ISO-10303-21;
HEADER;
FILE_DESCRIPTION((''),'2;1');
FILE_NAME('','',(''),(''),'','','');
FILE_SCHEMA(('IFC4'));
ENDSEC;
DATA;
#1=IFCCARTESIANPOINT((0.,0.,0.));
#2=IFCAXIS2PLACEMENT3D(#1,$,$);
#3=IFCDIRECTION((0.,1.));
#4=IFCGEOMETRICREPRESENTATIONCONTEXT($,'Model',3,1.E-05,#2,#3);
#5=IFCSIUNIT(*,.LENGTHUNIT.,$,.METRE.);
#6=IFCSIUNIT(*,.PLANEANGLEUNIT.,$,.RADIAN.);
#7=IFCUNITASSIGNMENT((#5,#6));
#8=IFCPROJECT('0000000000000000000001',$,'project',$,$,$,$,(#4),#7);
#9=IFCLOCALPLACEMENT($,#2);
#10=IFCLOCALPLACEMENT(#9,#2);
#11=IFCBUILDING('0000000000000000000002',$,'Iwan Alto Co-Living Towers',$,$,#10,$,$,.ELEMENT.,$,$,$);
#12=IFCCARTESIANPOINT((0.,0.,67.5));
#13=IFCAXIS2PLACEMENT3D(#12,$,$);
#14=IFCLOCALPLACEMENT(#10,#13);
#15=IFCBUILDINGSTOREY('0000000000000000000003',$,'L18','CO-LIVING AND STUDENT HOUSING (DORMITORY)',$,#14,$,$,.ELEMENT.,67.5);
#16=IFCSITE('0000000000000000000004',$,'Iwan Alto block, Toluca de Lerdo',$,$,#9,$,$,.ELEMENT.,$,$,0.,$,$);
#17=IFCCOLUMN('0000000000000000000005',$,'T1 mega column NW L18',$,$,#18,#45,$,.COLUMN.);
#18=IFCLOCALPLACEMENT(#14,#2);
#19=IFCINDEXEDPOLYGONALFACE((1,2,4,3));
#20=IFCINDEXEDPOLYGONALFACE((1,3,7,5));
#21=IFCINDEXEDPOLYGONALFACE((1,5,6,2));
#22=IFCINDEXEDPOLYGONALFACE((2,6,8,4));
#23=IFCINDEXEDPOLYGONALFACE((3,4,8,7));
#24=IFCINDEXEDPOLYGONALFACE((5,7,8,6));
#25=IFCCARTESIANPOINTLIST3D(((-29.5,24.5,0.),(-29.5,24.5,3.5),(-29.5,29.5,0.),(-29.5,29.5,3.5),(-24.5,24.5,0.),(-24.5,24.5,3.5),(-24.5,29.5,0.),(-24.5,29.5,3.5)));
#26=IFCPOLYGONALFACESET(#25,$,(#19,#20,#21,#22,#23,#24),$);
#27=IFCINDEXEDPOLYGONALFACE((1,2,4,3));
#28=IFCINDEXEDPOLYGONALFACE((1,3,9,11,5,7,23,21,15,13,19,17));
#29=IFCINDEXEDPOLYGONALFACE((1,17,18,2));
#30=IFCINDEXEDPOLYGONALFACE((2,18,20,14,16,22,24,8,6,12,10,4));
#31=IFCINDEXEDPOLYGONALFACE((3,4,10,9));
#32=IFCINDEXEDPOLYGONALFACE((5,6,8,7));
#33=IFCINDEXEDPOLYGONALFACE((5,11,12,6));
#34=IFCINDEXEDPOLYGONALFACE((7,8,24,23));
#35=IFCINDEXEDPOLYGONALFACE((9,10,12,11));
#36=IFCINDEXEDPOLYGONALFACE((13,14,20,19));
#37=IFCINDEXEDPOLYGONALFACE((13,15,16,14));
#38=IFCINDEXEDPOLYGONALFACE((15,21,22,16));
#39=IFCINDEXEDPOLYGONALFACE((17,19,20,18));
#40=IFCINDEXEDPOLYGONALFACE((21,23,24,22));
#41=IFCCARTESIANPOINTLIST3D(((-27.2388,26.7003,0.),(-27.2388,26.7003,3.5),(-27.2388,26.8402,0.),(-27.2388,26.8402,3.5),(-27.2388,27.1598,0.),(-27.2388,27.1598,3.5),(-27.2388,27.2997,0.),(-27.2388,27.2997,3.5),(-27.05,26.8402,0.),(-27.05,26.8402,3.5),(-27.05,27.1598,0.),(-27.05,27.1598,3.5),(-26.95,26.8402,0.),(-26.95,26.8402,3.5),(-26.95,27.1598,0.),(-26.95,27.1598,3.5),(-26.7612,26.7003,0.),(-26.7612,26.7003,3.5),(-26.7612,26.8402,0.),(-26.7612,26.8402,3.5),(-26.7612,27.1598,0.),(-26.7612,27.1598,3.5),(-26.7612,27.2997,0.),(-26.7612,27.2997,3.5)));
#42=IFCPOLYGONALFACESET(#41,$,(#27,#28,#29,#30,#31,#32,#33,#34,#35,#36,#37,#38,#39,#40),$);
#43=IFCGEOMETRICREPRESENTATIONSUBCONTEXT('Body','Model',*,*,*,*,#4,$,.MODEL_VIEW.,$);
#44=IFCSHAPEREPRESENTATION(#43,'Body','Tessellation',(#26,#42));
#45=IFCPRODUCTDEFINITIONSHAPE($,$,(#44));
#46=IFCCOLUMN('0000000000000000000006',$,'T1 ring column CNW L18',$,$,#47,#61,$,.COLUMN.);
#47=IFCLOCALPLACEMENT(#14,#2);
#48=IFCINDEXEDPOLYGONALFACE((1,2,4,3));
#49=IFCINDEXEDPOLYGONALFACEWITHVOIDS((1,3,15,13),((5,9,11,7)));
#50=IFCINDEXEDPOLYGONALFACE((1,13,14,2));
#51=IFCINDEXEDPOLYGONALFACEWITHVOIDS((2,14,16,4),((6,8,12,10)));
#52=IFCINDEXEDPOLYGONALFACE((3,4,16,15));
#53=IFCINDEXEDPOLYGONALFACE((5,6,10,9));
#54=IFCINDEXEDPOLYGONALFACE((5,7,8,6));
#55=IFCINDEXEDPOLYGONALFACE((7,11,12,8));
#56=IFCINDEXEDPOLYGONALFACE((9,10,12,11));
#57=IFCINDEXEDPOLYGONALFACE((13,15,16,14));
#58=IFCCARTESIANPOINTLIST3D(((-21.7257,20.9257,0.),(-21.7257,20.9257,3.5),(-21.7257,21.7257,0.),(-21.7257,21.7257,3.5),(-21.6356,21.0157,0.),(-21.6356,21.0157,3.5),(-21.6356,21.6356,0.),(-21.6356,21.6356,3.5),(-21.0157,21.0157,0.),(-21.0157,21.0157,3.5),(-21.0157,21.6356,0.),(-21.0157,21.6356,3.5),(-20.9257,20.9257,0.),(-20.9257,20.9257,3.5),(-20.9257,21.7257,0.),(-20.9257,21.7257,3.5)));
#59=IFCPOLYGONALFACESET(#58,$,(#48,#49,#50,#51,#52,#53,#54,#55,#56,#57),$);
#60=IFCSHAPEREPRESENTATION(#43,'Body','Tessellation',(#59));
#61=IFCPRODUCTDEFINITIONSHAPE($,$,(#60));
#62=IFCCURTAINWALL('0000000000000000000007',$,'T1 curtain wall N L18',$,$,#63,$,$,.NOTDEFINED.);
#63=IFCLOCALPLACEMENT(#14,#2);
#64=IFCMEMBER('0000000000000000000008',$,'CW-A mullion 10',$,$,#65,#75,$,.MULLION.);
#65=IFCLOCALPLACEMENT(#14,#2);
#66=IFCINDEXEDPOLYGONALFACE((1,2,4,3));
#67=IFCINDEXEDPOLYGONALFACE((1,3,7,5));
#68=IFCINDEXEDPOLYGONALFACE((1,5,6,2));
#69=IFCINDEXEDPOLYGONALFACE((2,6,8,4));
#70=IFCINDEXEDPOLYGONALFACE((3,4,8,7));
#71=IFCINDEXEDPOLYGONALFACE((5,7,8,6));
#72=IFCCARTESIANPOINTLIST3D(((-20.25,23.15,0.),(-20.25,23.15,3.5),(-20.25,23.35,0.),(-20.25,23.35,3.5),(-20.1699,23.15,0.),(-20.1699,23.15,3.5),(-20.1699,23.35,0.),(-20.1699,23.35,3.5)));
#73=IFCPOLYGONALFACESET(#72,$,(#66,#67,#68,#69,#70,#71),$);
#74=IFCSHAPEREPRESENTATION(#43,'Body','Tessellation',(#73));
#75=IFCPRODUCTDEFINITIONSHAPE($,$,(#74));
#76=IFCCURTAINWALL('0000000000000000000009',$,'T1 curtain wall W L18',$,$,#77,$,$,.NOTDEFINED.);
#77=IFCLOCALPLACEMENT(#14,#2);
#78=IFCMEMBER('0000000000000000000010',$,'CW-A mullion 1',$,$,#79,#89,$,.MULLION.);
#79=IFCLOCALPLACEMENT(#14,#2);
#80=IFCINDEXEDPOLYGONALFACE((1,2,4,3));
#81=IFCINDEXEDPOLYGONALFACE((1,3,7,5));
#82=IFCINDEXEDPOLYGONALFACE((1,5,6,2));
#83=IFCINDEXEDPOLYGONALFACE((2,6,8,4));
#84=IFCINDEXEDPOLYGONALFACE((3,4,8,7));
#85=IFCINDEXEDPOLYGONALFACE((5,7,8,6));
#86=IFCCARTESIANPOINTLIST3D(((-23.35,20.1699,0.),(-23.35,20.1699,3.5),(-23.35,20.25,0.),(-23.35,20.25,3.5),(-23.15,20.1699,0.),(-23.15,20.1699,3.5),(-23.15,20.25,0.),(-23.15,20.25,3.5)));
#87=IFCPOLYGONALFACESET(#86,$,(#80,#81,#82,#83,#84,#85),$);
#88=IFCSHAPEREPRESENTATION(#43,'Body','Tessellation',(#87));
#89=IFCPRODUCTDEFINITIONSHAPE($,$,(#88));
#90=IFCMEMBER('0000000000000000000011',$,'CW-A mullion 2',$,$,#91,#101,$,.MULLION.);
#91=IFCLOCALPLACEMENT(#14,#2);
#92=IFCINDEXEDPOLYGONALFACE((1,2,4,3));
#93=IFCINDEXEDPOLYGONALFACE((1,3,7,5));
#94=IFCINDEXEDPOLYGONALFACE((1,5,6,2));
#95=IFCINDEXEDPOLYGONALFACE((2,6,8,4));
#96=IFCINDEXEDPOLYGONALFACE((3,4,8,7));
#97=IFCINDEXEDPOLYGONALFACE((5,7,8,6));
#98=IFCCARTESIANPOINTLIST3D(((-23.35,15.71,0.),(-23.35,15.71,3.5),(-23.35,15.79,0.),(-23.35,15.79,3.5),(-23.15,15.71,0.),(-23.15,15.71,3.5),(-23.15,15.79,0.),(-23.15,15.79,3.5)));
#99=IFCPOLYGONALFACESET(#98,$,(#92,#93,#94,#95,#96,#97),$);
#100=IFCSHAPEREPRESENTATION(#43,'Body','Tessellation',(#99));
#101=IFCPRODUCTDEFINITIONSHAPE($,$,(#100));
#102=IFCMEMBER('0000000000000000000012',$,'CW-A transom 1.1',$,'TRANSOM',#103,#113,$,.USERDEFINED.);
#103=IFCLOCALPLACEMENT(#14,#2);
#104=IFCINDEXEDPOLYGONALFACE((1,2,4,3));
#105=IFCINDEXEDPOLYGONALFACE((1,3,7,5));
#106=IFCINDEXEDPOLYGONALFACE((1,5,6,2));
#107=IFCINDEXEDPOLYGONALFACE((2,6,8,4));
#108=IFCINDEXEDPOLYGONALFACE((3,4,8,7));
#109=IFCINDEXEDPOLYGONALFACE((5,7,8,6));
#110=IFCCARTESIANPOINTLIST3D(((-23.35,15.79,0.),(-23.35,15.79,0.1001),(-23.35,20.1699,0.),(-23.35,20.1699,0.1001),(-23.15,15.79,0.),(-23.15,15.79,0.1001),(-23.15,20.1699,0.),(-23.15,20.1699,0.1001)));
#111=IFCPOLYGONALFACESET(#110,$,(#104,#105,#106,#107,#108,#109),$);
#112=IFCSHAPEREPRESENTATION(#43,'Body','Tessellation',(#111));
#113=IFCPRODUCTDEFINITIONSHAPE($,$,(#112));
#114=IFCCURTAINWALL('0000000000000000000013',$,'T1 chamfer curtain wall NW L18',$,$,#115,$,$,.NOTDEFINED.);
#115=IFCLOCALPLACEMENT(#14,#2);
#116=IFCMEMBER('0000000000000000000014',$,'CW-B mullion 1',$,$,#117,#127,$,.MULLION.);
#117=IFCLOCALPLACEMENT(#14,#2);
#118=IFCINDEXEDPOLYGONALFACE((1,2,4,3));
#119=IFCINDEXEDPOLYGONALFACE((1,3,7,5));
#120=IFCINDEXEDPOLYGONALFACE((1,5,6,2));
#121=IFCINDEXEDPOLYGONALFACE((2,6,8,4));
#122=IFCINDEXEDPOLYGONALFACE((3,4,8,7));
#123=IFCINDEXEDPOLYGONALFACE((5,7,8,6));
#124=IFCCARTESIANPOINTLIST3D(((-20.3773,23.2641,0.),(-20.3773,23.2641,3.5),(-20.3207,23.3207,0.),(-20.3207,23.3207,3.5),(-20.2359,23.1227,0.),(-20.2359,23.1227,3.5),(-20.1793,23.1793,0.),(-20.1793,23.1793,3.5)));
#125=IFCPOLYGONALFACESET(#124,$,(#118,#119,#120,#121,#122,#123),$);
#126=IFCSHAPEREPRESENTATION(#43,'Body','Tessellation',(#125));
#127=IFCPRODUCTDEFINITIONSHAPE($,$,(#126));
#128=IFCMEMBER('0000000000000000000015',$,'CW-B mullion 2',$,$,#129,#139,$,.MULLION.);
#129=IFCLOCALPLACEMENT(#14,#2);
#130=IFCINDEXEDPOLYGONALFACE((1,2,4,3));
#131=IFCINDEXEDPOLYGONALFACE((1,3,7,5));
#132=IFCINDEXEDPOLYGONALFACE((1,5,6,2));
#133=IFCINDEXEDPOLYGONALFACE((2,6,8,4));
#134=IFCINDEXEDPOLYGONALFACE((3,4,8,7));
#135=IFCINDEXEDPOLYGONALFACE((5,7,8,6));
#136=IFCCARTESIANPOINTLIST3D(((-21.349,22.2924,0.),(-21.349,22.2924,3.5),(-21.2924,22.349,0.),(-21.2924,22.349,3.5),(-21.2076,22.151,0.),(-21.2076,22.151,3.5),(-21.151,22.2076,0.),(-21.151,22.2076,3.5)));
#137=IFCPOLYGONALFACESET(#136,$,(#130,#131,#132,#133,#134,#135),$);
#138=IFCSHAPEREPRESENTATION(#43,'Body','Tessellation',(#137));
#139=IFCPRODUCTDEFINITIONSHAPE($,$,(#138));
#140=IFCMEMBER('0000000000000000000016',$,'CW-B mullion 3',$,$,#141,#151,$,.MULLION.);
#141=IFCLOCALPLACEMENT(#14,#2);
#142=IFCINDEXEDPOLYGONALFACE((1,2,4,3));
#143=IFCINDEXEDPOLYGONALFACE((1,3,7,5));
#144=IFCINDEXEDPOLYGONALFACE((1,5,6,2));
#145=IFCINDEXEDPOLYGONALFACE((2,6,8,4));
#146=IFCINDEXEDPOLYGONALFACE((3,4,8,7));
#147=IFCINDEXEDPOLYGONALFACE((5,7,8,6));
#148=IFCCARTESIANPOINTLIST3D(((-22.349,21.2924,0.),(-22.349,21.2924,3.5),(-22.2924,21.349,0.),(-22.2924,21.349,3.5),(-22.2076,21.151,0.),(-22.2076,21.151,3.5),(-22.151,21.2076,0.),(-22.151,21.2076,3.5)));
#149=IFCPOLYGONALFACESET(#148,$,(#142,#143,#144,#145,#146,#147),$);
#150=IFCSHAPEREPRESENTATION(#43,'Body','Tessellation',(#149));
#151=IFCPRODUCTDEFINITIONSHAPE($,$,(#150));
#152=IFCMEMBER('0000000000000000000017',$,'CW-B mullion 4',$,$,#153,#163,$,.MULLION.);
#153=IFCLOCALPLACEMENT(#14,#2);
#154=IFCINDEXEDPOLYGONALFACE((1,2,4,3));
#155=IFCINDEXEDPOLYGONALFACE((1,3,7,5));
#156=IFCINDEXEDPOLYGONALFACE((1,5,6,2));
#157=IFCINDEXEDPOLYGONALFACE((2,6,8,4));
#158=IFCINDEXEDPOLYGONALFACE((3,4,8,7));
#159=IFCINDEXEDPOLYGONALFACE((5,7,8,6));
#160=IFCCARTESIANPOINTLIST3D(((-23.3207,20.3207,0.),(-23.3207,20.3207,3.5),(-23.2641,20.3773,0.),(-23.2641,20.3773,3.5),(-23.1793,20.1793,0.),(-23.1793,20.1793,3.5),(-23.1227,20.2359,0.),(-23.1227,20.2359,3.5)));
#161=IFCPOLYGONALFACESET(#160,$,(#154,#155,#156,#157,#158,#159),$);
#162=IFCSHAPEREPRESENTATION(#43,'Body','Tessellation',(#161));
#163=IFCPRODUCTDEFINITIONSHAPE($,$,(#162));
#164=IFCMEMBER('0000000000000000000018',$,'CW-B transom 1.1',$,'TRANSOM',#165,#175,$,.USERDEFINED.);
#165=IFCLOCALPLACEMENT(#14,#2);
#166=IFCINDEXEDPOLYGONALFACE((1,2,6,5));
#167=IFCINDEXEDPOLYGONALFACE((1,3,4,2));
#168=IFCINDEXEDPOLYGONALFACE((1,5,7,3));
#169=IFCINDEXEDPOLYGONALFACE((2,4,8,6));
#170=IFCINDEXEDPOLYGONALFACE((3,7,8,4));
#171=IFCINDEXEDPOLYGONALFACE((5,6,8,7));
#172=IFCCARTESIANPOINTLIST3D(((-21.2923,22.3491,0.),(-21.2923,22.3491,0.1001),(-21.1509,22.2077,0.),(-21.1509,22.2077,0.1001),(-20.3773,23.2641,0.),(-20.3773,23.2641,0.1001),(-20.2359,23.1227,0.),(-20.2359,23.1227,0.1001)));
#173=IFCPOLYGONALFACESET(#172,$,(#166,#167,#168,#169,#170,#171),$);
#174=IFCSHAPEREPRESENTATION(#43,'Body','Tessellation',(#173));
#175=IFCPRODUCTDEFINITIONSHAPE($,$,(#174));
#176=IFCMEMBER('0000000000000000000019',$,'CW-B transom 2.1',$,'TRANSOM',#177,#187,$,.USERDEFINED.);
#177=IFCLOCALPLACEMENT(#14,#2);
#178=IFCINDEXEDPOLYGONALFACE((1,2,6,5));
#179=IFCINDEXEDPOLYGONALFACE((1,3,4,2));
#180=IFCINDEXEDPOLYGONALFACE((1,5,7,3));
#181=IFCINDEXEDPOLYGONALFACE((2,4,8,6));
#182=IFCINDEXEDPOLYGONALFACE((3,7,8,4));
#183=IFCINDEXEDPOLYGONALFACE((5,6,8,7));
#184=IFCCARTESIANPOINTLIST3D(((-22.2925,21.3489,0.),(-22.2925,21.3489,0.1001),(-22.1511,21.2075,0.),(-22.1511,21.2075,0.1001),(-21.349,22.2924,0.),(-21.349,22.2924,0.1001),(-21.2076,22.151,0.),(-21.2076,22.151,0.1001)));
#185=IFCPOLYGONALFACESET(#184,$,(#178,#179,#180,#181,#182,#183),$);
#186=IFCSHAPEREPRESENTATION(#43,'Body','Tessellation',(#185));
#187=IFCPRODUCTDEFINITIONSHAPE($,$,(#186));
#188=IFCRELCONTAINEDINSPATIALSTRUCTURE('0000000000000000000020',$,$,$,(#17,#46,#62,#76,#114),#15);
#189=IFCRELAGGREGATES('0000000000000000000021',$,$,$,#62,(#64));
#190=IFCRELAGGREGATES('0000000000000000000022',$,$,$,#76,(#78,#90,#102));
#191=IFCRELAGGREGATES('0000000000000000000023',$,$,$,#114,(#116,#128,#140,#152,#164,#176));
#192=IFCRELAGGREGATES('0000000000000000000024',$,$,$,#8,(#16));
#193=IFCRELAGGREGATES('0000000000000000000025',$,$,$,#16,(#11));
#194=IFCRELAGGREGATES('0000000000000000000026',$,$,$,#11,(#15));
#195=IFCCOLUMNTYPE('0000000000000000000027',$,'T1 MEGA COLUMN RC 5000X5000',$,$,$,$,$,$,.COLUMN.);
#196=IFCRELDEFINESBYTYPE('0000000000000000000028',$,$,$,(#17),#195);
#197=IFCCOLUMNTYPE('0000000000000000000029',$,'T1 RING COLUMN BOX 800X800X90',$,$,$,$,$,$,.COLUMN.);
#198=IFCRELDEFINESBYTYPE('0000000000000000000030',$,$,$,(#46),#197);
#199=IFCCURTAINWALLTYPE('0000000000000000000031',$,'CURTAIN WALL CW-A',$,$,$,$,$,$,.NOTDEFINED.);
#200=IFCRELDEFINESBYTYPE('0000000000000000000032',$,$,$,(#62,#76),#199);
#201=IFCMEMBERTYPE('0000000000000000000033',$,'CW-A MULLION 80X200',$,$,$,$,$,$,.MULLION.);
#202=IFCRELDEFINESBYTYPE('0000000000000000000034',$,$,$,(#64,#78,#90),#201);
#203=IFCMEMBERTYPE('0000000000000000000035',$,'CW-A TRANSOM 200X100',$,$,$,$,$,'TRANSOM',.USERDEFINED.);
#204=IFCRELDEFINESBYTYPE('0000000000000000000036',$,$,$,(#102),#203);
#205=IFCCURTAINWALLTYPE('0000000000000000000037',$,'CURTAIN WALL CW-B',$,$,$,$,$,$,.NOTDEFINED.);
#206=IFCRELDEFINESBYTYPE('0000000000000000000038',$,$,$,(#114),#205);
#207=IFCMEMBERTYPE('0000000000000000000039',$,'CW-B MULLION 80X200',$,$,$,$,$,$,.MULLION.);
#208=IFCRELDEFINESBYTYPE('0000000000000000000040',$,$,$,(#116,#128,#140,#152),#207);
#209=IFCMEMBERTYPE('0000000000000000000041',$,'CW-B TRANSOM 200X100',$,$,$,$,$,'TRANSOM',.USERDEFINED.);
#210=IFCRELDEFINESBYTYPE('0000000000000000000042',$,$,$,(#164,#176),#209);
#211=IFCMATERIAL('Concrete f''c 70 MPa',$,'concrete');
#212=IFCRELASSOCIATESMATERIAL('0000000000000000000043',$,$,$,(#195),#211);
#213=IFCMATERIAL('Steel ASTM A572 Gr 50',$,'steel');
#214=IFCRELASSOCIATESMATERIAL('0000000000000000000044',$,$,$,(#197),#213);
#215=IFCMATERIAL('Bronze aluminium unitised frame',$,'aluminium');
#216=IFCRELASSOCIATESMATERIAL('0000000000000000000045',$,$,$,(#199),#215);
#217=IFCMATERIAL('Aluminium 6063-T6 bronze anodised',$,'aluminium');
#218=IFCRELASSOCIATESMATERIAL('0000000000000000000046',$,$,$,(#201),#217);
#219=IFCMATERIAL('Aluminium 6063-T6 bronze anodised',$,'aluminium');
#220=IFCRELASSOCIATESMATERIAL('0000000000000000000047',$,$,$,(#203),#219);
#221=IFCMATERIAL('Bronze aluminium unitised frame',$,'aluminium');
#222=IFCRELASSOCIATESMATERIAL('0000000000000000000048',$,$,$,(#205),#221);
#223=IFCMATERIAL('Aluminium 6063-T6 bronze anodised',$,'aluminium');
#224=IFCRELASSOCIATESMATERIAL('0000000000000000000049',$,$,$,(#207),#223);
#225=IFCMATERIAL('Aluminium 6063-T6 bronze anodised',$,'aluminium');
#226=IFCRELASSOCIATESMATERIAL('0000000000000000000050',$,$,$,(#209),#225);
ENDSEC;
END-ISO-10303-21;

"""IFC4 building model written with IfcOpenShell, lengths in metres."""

from ifc_helpers import new_model, si_unit, direction, frame, origin, origin_2d, place, context, subcontext, project, spatial, rectangle, hollow_rectangle, i_section, extrude, material, material_profile, profile_set, type_object, element, aggregate, save


model = new_model("IFC4")

# Units and contexts
model_context = context("Model", 3, precision=1e-05, world=origin(), true_north=direction((0.0, 1.0)))
body_context = subcontext(model_context, "Body", "Model", "MODEL_VIEW")
ifc_project = project(units=[si_unit("LENGTHUNIT", "METRE"), si_unit("PLANEANGLEUNIT", "RADIAN")], contexts=[model_context])

# Site, building, storey
site_placement = place(None, origin())
site = spatial("IfcSite", under=ifc_project, at=site_placement, Name="Iwan Alto block, Toluca de Lerdo", CompositionType="ELEMENT", RefElevation=0.0)
building_placement = place(site_placement, origin())
building = spatial("IfcBuilding", under=site, at=building_placement, Name="Iwan Alto Co-Living Towers", CompositionType="ELEMENT")
storey_placement = place(building_placement, frame((0.0, 0.0, 67.5)))
storey = spatial("IfcBuildingStorey", under=building, at=storey_placement, Name="L18", Description="CO-LIVING AND STUDENT HOUSING (DORMITORY)", CompositionType="ELEMENT", Elevation=67.5)

# Columns
ifc_material_1 = material(Name="Concrete f'c 70 MPa", Category="concrete")
ifc_material_profile_1 = material_profile(ifc_material_1, rectangle(XDim=5.0, YDim=5.0, at=origin_2d()), Name="RC 5000X5000")
ifc_profile_set_1 = profile_set([ifc_material_profile_1], Name="Concrete f'c 70 MPa")
column_type_1 = type_object("IfcColumnType", Name="T1 MEGA COLUMN RC 5000X5000", PredefinedType="COLUMN", material=ifc_profile_set_1)
column_1_placement = place(storey_placement, frame((-27.0, 27.0, 0.0), z_axis=(0.0, 0.0, 1.0), x_axis=(1.0, 0.0, 0.0)))
element("IfcColumn", 1, at=column_1_placement, inside=storey, type_object=column_type_1, Name="T1 mega column NW L18", PredefinedType="COLUMN", context=body_context, shape_type="SweptSolid", body=[
    extrude(rectangle(XDim=5.0, YDim=5.0, at=origin_2d()), origin(), (0.0, 0.0, 1.0), 3.5),
    extrude(i_section(OverallWidth=0.4775, OverallDepth=0.5994, WebThickness=0.1001, FlangeThickness=0.1399, at=origin_2d()), origin(), (0.0, 0.0, 1.0), 3.5),
])
ifc_material_2 = material(Name="Steel ASTM A572 Gr 50", Category="steel")
ifc_material_profile_2 = material_profile(ifc_material_2, hollow_rectangle(XDim=0.8, YDim=0.8, WallThickness=0.0901, at=origin_2d()), Name="BOX 800X800X90")
ifc_profile_set_2 = profile_set([ifc_material_profile_2], Name="Steel ASTM A572 Gr 50")
column_type_2 = type_object("IfcColumnType", Name="T1 RING COLUMN BOX 800X800X90", PredefinedType="COLUMN", material=ifc_profile_set_2)
column_2_placement = place(storey_placement, frame((-21.3257, 21.3257, 0.0), z_axis=(0.0, 0.0, 1.0), x_axis=(1.0, 0.0, 0.0)))
element("IfcColumn", 2, at=column_2_placement, inside=storey, type_object=column_type_2, Name="T1 ring column CNW L18", PredefinedType="COLUMN", context=body_context, shape_type="SweptSolid", body=[
    extrude(hollow_rectangle(XDim=0.8, YDim=0.8, WallThickness=0.0901, at=origin_2d()), origin(), (0.0, 0.0, 1.0), 3.5),
])

# Curtain wall, member
ifc_material_3 = material(Name="Bronze aluminium unitised frame", Category="aluminium")
curtain_wall_type_1 = type_object("IfcCurtainWallType", Name="CURTAIN WALL CW-A", PredefinedType="NOTDEFINED", material=ifc_material_3)
curtain_wall_1_placement = place(storey_placement, origin())
curtain_wall_1 = element("IfcCurtainWall", 3, at=curtain_wall_1_placement, inside=storey, type_object=curtain_wall_type_1, Name="T1 curtain wall N L18", PredefinedType="NOTDEFINED")
ifc_material_4 = material(Name="Aluminium 6063-T6 bronze anodised", Category="aluminium")
ifc_material_profile_3 = material_profile(ifc_material_4, rectangle(XDim=0.2, YDim=0.0801, at=origin_2d()), Name="AL 80X200")
ifc_profile_set_3 = profile_set([ifc_material_profile_3], Name="Aluminium 6063-T6 bronze anodised")
member_type_1 = type_object("IfcMemberType", Name="CW-A MULLION 80X200", PredefinedType="MULLION", material=ifc_profile_set_3)
member_1_placement = place(storey_placement, frame((-20.21, 23.25, 0.0), z_axis=(0.0, 0.0, 1.0), x_axis=(0.0, -1.0, 0.0)))
member_1 = element("IfcMember", 4, at=member_1_placement, type_object=member_type_1, Name="CW-A mullion 10", PredefinedType="MULLION", context=body_context, shape_type="SweptSolid", body=[
    extrude(rectangle(XDim=0.2, YDim=0.0801, at=origin_2d()), origin(), (0.0, 0.0, 1.0), 3.5),
])

# Curtain walls, members
curtain_wall_2_placement = place(storey_placement, origin())
curtain_wall_2 = element("IfcCurtainWall", 5, at=curtain_wall_2_placement, inside=storey, type_object=curtain_wall_type_1, Name="T1 curtain wall W L18", PredefinedType="NOTDEFINED")
member_2_placement = place(storey_placement, frame((-23.25, 20.21, 0.0), z_axis=(0.0, 0.0, 1.0), x_axis=(1.0, 0.0, 0.0)))
member_2 = element("IfcMember", 6, at=member_2_placement, type_object=member_type_1, Name="CW-A mullion 1", PredefinedType="MULLION", context=body_context, shape_type="SweptSolid", body=[
    extrude(rectangle(XDim=0.2, YDim=0.0801, at=origin_2d()), origin(), (0.0, 0.0, 1.0), 3.5),
])
member_3_placement = place(storey_placement, frame((-23.25, 15.75, 0.0), z_axis=(0.0, 0.0, 1.0), x_axis=(1.0, 0.0, 0.0)))
member_3 = element("IfcMember", 7, at=member_3_placement, type_object=member_type_1, Name="CW-A mullion 2", PredefinedType="MULLION", context=body_context, shape_type="SweptSolid", body=[
    extrude(rectangle(XDim=0.2, YDim=0.0801, at=origin_2d()), origin(), (0.0, 0.0, 1.0), 3.5),
])
ifc_material_5 = material(Name="Aluminium 6063-T6 bronze anodised", Category="aluminium")
ifc_material_profile_4 = material_profile(ifc_material_5, rectangle(XDim=0.2, YDim=0.1001, at=origin_2d()), Name="AL 200X100")
ifc_profile_set_4 = profile_set([ifc_material_profile_4], Name="Aluminium 6063-T6 bronze anodised")
member_type_2 = type_object("IfcMemberType", Name="CW-A TRANSOM 200X100", ElementType="TRANSOM", PredefinedType="USERDEFINED", material=ifc_profile_set_4)
member_4_placement = place(storey_placement, frame((-23.25, 20.1699, 0.05), z_axis=(0.0, -1.0, 0.0), x_axis=(1.0, 0.0, 0.0)))
member_4 = element("IfcMember", 8, at=member_4_placement, type_object=member_type_2, Name="CW-A transom 1.1", ObjectType="TRANSOM", PredefinedType="USERDEFINED", context=body_context, shape_type="SweptSolid", body=[
    extrude(rectangle(XDim=0.2, YDim=0.1001, at=origin_2d()), origin(), (0.0, 0.0, 1.0), 4.3799),
])
ifc_material_6 = material(Name="Bronze aluminium unitised frame", Category="aluminium")
curtain_wall_type_2 = type_object("IfcCurtainWallType", Name="CURTAIN WALL CW-B", PredefinedType="NOTDEFINED", material=ifc_material_6)
curtain_wall_3_placement = place(storey_placement, origin())
curtain_wall_3 = element("IfcCurtainWall", 9, at=curtain_wall_3_placement, inside=storey, type_object=curtain_wall_type_2, Name="T1 chamfer curtain wall NW L18", PredefinedType="NOTDEFINED")
ifc_material_7 = material(Name="Aluminium 6063-T6 bronze anodised", Category="aluminium")
ifc_material_profile_5 = material_profile(ifc_material_7, rectangle(XDim=0.2, YDim=0.0801, at=origin_2d()), Name="AL 80X200")
ifc_profile_set_5 = profile_set([ifc_material_profile_5], Name="Aluminium 6063-T6 bronze anodised")
member_type_3 = type_object("IfcMemberType", Name="CW-B MULLION 80X200", PredefinedType="MULLION", material=ifc_profile_set_5)
member_5_placement = place(storey_placement, frame((-20.2783, 23.2217, 0.0), z_axis=(0.0, 0.0, 1.0), x_axis=(0.707107, -0.707107, 0.0)))
member_5 = element("IfcMember", 10, at=member_5_placement, type_object=member_type_3, Name="CW-B mullion 1", PredefinedType="MULLION", context=body_context, shape_type="SweptSolid", body=[
    extrude(rectangle(XDim=0.2, YDim=0.0801, at=origin_2d()), origin(), (0.0, 0.0, 1.0), 3.5),
])
member_6_placement = place(storey_placement, frame((-21.25, 22.25, 0.0), z_axis=(0.0, 0.0, 1.0), x_axis=(0.707107, -0.707107, 0.0)))
member_6 = element("IfcMember", 11, at=member_6_placement, type_object=member_type_3, Name="CW-B mullion 2", PredefinedType="MULLION", context=body_context, shape_type="SweptSolid", body=[
    extrude(rectangle(XDim=0.2, YDim=0.0801, at=origin_2d()), origin(), (0.0, 0.0, 1.0), 3.5),
])
member_7_placement = place(storey_placement, frame((-22.25, 21.25, 0.0), z_axis=(0.0, 0.0, 1.0), x_axis=(0.707107, -0.707107, 0.0)))
member_7 = element("IfcMember", 12, at=member_7_placement, type_object=member_type_3, Name="CW-B mullion 3", PredefinedType="MULLION", context=body_context, shape_type="SweptSolid", body=[
    extrude(rectangle(XDim=0.2, YDim=0.0801, at=origin_2d()), origin(), (0.0, 0.0, 1.0), 3.5),
])
member_8_placement = place(storey_placement, frame((-23.2217, 20.2783, 0.0), z_axis=(0.0, 0.0, 1.0), x_axis=(0.707107, -0.707107, 0.0)))
member_8 = element("IfcMember", 13, at=member_8_placement, type_object=member_type_3, Name="CW-B mullion 4", PredefinedType="MULLION", context=body_context, shape_type="SweptSolid", body=[
    extrude(rectangle(XDim=0.2, YDim=0.0801, at=origin_2d()), origin(), (0.0, 0.0, 1.0), 3.5),
])
ifc_material_8 = material(Name="Aluminium 6063-T6 bronze anodised", Category="aluminium")
ifc_material_profile_6 = material_profile(ifc_material_8, rectangle(XDim=0.2, YDim=0.1001, at=origin_2d()), Name="AL 200X100")
ifc_profile_set_6 = profile_set([ifc_material_profile_6], Name="Aluminium 6063-T6 bronze anodised")
member_type_4 = type_object("IfcMemberType", Name="CW-B TRANSOM 200X100", ElementType="TRANSOM", PredefinedType="USERDEFINED", material=ifc_profile_set_6)
member_9_placement = place(storey_placement, frame((-20.3066, 23.1934, 0.05), z_axis=(-0.707107, -0.707107, 0.0), x_axis=(0.707107, -0.707107, 0.0)))
member_9 = element("IfcMember", 14, at=member_9_placement, type_object=member_type_4, Name="CW-B transom 1.1", ObjectType="TRANSOM", PredefinedType="USERDEFINED", context=body_context, shape_type="SweptSolid", body=[
    extrude(rectangle(XDim=0.2, YDim=0.1001, at=origin_2d()), origin(), (0.0, 0.0, 1.0), 1.2939),
])
member_10_placement = place(storey_placement, frame((-21.2783, 22.2217, 0.05), z_axis=(-0.707107, -0.707107, 0.0), x_axis=(0.707107, -0.707107, 0.0)))
member_10 = element("IfcMember", 15, at=member_10_placement, type_object=member_type_4, Name="CW-B transom 2.1", ObjectType="TRANSOM", PredefinedType="USERDEFINED", context=body_context, shape_type="SweptSolid", body=[
    extrude(rectangle(XDim=0.2, YDim=0.1001, at=origin_2d()), origin(), (0.0, 0.0, 1.0), 1.3342),
])

aggregate(curtain_wall_1, [member_1])
aggregate(curtain_wall_2, [member_2, member_3, member_4])
aggregate(curtain_wall_3, [member_5, member_6, member_7, member_8, member_9, member_10])

save(model, "model.ifc")
